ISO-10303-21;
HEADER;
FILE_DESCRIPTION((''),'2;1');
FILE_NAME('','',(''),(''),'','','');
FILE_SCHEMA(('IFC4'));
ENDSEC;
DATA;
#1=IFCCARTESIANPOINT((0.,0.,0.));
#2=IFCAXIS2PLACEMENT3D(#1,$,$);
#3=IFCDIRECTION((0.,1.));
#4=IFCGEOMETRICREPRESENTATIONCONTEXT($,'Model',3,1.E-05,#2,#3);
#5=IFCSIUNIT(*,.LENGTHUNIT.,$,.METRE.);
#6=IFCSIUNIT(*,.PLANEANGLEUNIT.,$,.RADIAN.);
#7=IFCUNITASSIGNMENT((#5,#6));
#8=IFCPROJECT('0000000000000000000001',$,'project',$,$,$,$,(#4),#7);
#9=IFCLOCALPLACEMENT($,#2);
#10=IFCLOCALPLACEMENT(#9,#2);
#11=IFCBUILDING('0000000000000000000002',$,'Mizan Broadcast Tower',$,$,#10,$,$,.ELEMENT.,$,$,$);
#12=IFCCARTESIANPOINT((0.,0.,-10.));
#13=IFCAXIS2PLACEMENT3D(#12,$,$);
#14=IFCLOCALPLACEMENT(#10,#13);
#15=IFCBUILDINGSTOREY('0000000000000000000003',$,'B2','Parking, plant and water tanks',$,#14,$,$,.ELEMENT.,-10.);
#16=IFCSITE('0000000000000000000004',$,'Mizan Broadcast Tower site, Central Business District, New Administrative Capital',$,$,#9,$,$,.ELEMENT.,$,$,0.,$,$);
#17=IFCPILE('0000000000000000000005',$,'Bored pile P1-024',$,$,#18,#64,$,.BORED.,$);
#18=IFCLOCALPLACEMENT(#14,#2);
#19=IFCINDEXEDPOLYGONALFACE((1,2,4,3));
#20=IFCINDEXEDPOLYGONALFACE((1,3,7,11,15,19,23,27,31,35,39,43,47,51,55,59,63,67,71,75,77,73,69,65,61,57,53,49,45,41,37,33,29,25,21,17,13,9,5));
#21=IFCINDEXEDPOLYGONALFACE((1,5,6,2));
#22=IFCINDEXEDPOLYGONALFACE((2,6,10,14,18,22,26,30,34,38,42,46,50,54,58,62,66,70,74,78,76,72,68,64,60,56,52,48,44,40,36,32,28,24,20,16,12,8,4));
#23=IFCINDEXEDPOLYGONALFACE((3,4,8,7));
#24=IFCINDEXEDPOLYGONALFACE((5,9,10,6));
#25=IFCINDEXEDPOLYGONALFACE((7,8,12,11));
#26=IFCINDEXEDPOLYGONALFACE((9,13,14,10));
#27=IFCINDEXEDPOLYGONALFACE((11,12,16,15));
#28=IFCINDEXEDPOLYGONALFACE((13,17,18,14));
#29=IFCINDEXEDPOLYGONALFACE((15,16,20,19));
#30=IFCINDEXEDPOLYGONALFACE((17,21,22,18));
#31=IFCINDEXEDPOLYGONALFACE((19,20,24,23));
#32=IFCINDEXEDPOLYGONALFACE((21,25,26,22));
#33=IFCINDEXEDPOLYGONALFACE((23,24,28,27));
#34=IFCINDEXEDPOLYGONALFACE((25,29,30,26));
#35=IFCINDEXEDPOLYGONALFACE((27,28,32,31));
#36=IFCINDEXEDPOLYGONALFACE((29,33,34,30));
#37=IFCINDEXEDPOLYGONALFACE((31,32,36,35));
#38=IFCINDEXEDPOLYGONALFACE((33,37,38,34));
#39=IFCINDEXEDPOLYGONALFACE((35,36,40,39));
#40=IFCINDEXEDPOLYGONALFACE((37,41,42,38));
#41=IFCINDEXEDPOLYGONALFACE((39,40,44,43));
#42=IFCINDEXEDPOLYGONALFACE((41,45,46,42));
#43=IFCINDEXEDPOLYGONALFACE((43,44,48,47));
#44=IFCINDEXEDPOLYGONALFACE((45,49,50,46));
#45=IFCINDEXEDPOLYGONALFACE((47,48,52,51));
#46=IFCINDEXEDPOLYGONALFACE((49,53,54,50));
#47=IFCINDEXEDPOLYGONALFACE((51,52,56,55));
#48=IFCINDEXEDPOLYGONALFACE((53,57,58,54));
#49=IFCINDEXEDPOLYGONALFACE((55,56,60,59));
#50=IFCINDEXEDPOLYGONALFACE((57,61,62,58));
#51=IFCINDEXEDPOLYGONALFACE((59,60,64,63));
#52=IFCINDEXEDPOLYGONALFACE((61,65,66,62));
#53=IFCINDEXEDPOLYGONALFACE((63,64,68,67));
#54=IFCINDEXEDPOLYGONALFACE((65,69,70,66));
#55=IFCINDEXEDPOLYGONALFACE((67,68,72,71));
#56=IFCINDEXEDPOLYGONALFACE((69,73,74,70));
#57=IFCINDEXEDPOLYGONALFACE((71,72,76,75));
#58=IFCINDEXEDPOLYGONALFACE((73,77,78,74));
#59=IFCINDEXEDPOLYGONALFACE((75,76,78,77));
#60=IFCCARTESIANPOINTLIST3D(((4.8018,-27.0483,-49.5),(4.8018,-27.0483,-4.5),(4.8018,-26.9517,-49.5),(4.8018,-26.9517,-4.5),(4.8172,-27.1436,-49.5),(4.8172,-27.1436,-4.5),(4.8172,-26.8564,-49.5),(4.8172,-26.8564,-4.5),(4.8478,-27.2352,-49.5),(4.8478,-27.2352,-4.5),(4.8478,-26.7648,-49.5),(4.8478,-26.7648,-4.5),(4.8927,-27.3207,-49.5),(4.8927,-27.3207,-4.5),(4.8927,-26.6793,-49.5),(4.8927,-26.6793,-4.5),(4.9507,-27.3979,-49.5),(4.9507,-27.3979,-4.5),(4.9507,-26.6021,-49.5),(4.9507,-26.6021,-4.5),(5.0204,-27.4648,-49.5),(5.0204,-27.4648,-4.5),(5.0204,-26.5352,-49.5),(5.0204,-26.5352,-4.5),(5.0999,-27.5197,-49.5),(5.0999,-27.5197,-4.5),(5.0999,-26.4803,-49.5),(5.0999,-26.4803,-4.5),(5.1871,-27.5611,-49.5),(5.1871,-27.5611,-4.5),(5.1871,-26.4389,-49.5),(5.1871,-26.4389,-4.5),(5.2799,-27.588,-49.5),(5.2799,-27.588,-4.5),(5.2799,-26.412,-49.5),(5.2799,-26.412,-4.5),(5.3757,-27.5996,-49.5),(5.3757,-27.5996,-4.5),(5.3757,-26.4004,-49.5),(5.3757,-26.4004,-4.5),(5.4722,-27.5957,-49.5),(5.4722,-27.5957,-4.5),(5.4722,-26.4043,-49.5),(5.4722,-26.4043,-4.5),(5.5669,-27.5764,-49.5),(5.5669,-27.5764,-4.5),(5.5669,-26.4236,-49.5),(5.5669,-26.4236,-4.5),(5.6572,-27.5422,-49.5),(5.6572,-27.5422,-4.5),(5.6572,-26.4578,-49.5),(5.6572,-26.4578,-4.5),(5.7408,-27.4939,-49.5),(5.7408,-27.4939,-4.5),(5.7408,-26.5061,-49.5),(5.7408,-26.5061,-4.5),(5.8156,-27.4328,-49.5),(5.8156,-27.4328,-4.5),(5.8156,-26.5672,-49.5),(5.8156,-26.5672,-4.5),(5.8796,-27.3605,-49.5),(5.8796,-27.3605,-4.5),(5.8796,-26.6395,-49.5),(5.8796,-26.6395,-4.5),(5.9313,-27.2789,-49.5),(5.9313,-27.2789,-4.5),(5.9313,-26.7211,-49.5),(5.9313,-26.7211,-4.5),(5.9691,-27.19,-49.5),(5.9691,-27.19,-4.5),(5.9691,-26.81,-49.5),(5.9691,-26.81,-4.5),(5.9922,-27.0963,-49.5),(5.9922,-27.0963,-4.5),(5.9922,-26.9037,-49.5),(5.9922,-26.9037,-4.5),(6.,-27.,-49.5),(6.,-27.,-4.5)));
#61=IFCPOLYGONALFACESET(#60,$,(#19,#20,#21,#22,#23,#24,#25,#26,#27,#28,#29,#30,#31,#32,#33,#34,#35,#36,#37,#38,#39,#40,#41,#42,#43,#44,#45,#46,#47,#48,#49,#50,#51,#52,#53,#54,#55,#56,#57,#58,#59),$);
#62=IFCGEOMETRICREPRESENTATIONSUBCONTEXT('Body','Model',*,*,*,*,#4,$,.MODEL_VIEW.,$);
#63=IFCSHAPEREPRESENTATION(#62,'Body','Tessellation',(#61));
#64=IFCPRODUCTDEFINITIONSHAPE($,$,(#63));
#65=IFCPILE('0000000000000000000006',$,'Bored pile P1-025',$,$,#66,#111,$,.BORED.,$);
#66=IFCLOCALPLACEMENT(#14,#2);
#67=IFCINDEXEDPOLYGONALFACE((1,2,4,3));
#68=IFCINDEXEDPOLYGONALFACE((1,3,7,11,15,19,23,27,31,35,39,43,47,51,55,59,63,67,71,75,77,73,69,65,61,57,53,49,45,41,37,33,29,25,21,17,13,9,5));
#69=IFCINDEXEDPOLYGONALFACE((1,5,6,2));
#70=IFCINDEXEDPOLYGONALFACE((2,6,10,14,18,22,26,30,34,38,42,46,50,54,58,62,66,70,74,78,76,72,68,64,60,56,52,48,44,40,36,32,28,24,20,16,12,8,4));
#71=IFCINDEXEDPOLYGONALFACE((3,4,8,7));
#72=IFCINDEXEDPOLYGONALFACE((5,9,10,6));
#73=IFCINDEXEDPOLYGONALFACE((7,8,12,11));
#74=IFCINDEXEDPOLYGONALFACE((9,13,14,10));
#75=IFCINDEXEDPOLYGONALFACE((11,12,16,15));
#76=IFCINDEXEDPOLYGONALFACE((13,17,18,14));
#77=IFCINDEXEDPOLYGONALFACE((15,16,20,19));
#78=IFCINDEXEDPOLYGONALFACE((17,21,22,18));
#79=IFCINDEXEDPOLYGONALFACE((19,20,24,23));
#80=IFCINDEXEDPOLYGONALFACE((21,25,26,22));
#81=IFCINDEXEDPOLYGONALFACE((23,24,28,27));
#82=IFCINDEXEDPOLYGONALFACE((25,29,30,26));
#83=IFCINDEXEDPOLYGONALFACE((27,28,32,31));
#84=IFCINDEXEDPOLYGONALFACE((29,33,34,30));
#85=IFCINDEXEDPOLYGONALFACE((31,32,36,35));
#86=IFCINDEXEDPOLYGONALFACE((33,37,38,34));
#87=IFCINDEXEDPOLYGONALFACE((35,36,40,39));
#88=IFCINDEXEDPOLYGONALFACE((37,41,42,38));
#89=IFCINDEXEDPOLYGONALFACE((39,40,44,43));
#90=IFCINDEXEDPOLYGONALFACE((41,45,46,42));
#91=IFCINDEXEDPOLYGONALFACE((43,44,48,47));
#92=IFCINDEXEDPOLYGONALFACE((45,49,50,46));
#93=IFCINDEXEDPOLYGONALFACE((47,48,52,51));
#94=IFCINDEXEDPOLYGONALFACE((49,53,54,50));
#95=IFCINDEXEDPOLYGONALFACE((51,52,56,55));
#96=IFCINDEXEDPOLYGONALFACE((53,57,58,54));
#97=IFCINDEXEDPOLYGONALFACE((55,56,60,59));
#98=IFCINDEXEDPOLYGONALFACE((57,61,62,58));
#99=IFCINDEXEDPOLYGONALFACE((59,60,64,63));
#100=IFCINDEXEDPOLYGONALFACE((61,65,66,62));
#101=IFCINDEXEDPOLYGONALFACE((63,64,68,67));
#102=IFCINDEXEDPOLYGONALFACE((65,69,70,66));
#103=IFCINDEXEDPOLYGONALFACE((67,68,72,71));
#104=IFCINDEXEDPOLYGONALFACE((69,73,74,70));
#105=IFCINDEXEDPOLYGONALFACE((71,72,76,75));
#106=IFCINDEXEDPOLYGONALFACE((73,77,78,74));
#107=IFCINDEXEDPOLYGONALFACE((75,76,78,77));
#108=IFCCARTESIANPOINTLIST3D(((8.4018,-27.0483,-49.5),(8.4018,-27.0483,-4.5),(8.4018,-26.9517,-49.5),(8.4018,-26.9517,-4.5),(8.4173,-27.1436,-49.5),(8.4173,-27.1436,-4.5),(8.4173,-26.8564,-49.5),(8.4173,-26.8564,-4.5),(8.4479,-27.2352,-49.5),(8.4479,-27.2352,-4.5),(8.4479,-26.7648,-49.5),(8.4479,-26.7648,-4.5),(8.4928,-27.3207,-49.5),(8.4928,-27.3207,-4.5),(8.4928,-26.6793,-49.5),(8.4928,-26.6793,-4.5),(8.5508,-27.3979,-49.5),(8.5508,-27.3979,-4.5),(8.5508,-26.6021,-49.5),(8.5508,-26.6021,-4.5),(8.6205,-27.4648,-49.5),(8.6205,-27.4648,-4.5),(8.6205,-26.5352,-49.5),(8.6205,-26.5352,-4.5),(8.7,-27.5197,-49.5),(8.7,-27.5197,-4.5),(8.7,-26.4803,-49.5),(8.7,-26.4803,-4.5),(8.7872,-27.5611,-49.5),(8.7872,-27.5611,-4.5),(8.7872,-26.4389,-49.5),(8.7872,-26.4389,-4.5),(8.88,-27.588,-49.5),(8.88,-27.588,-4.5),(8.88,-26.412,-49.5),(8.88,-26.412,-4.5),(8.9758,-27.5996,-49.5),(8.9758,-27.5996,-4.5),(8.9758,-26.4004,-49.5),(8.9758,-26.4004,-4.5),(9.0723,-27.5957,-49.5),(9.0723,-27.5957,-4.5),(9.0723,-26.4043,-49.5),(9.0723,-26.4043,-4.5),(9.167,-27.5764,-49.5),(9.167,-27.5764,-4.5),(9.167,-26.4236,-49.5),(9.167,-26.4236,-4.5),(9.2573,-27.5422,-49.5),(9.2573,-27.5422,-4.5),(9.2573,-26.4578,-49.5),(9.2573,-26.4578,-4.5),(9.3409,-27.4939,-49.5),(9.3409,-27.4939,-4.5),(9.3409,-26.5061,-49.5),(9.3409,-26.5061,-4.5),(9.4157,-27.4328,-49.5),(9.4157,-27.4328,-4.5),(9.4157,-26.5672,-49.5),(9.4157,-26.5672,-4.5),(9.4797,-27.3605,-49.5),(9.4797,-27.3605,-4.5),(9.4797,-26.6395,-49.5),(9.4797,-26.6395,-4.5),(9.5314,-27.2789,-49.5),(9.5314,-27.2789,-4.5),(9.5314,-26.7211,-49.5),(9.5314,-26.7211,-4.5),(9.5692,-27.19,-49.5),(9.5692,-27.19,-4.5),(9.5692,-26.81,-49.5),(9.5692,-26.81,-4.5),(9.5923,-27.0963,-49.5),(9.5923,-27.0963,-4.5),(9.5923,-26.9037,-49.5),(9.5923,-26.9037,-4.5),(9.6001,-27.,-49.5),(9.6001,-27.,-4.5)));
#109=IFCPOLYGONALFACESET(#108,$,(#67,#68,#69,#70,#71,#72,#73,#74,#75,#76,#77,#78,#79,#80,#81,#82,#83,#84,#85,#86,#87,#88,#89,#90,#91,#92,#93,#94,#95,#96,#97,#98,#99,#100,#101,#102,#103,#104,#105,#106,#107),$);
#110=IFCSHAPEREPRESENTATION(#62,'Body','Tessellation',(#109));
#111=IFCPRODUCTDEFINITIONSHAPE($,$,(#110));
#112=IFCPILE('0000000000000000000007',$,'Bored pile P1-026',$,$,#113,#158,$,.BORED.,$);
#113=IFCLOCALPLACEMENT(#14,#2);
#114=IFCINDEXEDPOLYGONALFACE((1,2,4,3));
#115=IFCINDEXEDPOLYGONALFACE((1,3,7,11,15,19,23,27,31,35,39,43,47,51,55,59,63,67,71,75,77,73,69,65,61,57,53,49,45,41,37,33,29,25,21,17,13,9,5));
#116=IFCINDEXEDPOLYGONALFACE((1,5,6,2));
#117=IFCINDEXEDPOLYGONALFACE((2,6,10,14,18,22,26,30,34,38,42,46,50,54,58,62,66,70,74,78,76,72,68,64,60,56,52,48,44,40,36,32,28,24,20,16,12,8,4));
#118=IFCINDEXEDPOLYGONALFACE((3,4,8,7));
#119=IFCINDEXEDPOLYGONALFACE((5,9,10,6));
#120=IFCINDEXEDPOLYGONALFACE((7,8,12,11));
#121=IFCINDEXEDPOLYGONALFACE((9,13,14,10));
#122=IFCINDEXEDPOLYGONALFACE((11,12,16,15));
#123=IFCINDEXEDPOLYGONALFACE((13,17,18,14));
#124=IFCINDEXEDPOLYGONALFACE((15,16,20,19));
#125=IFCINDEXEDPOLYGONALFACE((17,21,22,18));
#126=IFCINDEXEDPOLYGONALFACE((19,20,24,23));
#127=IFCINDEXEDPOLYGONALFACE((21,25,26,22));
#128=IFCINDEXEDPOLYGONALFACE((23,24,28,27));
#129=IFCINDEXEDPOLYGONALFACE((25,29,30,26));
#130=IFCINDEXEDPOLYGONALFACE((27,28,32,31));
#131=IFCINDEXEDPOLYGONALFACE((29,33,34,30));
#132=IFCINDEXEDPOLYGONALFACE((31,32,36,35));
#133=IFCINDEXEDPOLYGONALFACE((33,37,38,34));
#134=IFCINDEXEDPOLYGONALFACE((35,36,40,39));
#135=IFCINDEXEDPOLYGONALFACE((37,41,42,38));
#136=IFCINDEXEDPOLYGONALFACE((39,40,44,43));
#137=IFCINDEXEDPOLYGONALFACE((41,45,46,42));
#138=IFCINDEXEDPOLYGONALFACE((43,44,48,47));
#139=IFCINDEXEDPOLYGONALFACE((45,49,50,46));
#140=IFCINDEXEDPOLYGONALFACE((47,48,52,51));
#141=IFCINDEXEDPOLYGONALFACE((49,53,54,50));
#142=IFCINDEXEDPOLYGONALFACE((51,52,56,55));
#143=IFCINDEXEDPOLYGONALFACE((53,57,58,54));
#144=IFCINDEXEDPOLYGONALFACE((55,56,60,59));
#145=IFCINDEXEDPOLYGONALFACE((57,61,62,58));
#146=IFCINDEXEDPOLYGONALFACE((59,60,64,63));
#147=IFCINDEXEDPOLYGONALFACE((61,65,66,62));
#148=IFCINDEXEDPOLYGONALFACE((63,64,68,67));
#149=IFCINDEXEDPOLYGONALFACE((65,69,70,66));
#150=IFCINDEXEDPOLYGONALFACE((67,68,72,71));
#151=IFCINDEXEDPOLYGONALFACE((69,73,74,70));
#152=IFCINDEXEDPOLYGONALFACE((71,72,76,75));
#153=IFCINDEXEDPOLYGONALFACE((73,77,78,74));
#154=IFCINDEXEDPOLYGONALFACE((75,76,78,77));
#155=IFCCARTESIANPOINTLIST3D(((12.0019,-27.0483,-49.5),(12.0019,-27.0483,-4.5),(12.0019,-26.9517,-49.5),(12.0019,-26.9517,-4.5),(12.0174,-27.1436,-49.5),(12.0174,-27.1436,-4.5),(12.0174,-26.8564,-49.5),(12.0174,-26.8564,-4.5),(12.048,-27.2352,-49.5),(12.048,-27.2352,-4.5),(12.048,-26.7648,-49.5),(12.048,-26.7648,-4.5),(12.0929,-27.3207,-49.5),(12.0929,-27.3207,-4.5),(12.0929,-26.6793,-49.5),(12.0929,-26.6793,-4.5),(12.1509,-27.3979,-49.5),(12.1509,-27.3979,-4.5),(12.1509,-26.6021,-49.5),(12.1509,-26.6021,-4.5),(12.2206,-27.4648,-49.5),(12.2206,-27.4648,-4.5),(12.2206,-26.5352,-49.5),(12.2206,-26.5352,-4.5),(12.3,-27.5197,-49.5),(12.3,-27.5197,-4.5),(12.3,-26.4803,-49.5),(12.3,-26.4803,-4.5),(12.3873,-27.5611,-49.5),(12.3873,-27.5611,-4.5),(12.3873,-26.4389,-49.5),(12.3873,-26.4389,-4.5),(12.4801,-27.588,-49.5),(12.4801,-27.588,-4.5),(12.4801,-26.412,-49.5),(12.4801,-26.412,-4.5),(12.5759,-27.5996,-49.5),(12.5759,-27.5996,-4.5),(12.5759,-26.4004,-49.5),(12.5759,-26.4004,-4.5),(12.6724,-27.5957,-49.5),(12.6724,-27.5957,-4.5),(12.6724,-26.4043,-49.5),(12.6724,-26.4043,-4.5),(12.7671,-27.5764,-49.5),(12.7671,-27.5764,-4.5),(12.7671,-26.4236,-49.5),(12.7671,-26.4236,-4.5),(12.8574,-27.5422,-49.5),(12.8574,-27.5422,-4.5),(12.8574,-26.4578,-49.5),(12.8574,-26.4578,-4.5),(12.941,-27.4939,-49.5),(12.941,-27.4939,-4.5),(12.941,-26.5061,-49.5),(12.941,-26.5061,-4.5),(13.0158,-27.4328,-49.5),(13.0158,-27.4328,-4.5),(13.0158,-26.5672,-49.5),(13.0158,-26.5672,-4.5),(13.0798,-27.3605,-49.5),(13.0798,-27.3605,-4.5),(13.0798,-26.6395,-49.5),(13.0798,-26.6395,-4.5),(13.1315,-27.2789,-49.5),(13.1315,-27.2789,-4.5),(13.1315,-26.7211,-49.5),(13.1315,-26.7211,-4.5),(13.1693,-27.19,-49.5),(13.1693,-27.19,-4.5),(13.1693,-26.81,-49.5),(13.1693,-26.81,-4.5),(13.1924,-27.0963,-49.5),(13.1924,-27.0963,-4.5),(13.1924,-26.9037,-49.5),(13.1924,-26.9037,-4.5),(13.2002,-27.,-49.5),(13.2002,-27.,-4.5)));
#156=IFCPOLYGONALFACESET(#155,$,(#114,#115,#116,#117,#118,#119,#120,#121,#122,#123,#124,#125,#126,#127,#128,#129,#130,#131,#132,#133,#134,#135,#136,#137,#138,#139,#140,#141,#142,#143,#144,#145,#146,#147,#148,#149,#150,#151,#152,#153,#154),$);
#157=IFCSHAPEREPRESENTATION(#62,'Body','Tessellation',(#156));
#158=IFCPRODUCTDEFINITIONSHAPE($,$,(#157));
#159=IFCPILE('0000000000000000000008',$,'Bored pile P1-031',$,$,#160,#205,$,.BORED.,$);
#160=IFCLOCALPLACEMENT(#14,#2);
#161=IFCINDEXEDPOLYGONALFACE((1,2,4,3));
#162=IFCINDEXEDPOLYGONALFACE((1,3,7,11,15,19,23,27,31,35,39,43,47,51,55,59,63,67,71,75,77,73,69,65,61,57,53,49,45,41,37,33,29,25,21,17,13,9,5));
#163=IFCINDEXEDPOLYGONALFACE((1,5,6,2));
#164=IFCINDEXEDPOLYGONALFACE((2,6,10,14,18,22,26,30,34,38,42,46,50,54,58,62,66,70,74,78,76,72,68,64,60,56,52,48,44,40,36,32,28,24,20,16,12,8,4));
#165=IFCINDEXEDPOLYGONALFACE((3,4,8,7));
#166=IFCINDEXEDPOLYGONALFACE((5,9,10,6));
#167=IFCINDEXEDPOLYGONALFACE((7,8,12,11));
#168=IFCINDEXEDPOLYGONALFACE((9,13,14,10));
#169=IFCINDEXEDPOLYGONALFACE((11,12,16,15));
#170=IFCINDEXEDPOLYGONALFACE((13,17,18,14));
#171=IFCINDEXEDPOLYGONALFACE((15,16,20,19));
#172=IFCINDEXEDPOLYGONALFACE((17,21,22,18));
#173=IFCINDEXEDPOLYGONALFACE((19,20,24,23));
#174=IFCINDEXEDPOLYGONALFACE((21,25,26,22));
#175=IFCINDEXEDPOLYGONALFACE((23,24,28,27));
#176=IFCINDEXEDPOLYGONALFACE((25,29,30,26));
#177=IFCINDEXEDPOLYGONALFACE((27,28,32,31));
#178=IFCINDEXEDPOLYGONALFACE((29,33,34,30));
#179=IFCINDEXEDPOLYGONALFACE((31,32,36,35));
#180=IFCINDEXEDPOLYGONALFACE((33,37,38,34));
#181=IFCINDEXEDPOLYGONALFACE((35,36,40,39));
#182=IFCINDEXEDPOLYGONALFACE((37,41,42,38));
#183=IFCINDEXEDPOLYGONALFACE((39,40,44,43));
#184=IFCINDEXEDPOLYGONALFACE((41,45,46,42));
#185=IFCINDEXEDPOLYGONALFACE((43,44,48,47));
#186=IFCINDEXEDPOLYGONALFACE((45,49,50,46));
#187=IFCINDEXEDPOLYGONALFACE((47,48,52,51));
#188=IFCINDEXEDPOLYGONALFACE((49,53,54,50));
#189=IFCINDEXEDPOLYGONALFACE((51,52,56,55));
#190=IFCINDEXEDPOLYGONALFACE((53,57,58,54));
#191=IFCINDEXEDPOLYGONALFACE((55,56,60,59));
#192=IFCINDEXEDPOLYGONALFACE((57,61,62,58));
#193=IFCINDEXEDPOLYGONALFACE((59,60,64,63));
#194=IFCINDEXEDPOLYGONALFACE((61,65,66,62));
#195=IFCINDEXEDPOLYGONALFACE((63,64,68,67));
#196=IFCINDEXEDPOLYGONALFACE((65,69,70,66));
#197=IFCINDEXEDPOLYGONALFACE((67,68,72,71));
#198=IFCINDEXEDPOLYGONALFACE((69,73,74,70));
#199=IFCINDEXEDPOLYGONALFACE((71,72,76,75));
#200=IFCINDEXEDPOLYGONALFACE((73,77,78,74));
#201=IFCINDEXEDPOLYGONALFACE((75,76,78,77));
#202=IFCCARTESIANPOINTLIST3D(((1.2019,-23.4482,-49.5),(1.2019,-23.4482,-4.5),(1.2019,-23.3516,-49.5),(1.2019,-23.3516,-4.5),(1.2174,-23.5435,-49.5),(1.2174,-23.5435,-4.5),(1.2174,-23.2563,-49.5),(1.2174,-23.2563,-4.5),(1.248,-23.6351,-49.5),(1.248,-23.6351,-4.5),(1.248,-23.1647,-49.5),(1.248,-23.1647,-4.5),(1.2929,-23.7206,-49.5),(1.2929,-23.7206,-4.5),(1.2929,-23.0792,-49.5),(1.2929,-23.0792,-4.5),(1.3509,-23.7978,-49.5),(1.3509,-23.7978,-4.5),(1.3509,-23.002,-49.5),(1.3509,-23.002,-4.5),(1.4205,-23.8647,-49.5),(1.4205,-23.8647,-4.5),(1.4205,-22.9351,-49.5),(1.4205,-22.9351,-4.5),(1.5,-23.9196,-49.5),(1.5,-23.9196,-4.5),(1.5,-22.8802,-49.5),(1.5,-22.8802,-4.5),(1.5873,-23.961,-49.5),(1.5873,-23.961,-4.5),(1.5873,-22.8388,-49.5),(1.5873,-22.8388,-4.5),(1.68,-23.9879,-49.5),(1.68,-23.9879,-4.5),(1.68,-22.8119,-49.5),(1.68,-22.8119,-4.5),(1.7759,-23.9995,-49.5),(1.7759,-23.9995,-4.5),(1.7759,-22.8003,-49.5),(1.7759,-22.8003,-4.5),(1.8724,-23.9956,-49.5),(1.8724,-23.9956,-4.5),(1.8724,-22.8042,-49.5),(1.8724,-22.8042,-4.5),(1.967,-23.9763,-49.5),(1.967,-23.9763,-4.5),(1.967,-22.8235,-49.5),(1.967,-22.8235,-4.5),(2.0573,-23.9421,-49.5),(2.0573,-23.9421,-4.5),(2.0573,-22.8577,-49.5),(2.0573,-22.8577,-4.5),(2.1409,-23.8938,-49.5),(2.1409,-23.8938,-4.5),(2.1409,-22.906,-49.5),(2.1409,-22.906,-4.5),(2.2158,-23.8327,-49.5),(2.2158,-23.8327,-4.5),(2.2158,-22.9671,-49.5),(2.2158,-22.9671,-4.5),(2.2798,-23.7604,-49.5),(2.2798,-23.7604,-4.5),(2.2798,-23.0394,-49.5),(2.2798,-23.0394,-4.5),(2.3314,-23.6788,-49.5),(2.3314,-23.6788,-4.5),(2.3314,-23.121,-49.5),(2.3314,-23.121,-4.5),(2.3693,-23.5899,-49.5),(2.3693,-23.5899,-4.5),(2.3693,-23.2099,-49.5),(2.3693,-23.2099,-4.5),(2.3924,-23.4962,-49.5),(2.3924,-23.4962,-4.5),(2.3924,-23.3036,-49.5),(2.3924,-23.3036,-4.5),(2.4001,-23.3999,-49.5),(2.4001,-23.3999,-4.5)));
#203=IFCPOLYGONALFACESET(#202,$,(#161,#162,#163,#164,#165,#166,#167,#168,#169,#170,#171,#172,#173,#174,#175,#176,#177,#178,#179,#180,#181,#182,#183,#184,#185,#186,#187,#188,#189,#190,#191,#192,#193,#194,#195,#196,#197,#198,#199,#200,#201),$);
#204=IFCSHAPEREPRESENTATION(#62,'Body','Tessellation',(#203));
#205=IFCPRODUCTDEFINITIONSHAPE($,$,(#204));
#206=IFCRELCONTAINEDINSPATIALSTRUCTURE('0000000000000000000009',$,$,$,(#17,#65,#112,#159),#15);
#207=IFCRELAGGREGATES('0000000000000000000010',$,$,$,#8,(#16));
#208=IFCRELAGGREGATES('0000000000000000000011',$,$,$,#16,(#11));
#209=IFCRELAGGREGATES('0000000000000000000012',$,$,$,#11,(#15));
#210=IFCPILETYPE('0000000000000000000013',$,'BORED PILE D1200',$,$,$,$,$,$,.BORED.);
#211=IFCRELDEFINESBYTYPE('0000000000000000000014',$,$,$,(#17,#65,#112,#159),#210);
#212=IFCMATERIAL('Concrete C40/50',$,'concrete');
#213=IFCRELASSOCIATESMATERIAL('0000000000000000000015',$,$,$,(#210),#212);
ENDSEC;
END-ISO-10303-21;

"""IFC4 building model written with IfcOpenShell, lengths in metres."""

from ifc_helpers import new_model, si_unit, direction, frame, origin, origin_2d, place, context, subcontext, project, spatial, circle, extrude, material, material_profile, profile_set, type_object, element, save


model = new_model("IFC4")

# Units and contexts
model_context = context("Model", 3, precision=1e-05, world=origin(), true_north=direction((0.0, 1.0)))
body_context = subcontext(model_context, "Body", "Model", "MODEL_VIEW")
ifc_project = project(units=[si_unit("LENGTHUNIT", "METRE"), si_unit("PLANEANGLEUNIT", "RADIAN")], contexts=[model_context])

# Site, building, storey
site_placement = place(None, origin())
site = spatial("IfcSite", under=ifc_project, at=site_placement, Name="Mizan Broadcast Tower site, Central Business District, New Administrative Capital", CompositionType="ELEMENT", RefElevation=0.0)
building_placement = place(site_placement, origin())
building = spatial("IfcBuilding", under=site, at=building_placement, Name="Mizan Broadcast Tower", CompositionType="ELEMENT")
storey_placement = place(building_placement, frame((0.0, 0.0, -10.0)))
storey = spatial("IfcBuildingStorey", under=building, at=storey_placement, Name="B2", Description="Parking, plant and water tanks", CompositionType="ELEMENT", Elevation=-10.0)

# Piles
ifc_material_1 = material(Name="Concrete C40/50", Category="concrete")
ifc_material_profile_1 = material_profile(ifc_material_1, circle(Radius=0.6001, at=origin_2d()), Name="D1200")
ifc_profile_set_1 = profile_set([ifc_material_profile_1], Name="Concrete C40/50")
pile_type_1 = type_object("IfcPileType", Name="BORED PILE D1200", PredefinedType="BORED", material=ifc_profile_set_1)
for number, where, z_axis, x_axis, name in (
    (1, (5.3999, -27.0, -4.5), (0.0, 0.0, -1.0), (1.0, 0.0, 0.0), "Bored pile P1-024"),
    (2, (9.0, -27.0, -4.5), (0.0, 0.0, -1.0), (1.0, 0.0, 0.0), "Bored pile P1-025"),
    (3, (12.6001, -27.0, -4.5), (0.0, 0.0, -1.0), (1.0, 0.0, 0.0), "Bored pile P1-026"),
    (4, (1.8, -23.3999, -4.5), (0.0, 0.0, -1.0), (1.0, 0.0, 0.0), "Bored pile P1-031"),
):
    element("IfcPile", number, at=place(storey_placement, frame(where, z_axis=z_axis, x_axis=x_axis)), inside=storey, type_object=pile_type_1, Name=name, PredefinedType="BORED", context=body_context, shape_type="SweptSolid", body=[
        extrude(circle(Radius=0.6001, at=origin_2d()), origin(), (0.0, 0.0, 1.0), 45.0),
    ])

save(model, "model.ifc")
